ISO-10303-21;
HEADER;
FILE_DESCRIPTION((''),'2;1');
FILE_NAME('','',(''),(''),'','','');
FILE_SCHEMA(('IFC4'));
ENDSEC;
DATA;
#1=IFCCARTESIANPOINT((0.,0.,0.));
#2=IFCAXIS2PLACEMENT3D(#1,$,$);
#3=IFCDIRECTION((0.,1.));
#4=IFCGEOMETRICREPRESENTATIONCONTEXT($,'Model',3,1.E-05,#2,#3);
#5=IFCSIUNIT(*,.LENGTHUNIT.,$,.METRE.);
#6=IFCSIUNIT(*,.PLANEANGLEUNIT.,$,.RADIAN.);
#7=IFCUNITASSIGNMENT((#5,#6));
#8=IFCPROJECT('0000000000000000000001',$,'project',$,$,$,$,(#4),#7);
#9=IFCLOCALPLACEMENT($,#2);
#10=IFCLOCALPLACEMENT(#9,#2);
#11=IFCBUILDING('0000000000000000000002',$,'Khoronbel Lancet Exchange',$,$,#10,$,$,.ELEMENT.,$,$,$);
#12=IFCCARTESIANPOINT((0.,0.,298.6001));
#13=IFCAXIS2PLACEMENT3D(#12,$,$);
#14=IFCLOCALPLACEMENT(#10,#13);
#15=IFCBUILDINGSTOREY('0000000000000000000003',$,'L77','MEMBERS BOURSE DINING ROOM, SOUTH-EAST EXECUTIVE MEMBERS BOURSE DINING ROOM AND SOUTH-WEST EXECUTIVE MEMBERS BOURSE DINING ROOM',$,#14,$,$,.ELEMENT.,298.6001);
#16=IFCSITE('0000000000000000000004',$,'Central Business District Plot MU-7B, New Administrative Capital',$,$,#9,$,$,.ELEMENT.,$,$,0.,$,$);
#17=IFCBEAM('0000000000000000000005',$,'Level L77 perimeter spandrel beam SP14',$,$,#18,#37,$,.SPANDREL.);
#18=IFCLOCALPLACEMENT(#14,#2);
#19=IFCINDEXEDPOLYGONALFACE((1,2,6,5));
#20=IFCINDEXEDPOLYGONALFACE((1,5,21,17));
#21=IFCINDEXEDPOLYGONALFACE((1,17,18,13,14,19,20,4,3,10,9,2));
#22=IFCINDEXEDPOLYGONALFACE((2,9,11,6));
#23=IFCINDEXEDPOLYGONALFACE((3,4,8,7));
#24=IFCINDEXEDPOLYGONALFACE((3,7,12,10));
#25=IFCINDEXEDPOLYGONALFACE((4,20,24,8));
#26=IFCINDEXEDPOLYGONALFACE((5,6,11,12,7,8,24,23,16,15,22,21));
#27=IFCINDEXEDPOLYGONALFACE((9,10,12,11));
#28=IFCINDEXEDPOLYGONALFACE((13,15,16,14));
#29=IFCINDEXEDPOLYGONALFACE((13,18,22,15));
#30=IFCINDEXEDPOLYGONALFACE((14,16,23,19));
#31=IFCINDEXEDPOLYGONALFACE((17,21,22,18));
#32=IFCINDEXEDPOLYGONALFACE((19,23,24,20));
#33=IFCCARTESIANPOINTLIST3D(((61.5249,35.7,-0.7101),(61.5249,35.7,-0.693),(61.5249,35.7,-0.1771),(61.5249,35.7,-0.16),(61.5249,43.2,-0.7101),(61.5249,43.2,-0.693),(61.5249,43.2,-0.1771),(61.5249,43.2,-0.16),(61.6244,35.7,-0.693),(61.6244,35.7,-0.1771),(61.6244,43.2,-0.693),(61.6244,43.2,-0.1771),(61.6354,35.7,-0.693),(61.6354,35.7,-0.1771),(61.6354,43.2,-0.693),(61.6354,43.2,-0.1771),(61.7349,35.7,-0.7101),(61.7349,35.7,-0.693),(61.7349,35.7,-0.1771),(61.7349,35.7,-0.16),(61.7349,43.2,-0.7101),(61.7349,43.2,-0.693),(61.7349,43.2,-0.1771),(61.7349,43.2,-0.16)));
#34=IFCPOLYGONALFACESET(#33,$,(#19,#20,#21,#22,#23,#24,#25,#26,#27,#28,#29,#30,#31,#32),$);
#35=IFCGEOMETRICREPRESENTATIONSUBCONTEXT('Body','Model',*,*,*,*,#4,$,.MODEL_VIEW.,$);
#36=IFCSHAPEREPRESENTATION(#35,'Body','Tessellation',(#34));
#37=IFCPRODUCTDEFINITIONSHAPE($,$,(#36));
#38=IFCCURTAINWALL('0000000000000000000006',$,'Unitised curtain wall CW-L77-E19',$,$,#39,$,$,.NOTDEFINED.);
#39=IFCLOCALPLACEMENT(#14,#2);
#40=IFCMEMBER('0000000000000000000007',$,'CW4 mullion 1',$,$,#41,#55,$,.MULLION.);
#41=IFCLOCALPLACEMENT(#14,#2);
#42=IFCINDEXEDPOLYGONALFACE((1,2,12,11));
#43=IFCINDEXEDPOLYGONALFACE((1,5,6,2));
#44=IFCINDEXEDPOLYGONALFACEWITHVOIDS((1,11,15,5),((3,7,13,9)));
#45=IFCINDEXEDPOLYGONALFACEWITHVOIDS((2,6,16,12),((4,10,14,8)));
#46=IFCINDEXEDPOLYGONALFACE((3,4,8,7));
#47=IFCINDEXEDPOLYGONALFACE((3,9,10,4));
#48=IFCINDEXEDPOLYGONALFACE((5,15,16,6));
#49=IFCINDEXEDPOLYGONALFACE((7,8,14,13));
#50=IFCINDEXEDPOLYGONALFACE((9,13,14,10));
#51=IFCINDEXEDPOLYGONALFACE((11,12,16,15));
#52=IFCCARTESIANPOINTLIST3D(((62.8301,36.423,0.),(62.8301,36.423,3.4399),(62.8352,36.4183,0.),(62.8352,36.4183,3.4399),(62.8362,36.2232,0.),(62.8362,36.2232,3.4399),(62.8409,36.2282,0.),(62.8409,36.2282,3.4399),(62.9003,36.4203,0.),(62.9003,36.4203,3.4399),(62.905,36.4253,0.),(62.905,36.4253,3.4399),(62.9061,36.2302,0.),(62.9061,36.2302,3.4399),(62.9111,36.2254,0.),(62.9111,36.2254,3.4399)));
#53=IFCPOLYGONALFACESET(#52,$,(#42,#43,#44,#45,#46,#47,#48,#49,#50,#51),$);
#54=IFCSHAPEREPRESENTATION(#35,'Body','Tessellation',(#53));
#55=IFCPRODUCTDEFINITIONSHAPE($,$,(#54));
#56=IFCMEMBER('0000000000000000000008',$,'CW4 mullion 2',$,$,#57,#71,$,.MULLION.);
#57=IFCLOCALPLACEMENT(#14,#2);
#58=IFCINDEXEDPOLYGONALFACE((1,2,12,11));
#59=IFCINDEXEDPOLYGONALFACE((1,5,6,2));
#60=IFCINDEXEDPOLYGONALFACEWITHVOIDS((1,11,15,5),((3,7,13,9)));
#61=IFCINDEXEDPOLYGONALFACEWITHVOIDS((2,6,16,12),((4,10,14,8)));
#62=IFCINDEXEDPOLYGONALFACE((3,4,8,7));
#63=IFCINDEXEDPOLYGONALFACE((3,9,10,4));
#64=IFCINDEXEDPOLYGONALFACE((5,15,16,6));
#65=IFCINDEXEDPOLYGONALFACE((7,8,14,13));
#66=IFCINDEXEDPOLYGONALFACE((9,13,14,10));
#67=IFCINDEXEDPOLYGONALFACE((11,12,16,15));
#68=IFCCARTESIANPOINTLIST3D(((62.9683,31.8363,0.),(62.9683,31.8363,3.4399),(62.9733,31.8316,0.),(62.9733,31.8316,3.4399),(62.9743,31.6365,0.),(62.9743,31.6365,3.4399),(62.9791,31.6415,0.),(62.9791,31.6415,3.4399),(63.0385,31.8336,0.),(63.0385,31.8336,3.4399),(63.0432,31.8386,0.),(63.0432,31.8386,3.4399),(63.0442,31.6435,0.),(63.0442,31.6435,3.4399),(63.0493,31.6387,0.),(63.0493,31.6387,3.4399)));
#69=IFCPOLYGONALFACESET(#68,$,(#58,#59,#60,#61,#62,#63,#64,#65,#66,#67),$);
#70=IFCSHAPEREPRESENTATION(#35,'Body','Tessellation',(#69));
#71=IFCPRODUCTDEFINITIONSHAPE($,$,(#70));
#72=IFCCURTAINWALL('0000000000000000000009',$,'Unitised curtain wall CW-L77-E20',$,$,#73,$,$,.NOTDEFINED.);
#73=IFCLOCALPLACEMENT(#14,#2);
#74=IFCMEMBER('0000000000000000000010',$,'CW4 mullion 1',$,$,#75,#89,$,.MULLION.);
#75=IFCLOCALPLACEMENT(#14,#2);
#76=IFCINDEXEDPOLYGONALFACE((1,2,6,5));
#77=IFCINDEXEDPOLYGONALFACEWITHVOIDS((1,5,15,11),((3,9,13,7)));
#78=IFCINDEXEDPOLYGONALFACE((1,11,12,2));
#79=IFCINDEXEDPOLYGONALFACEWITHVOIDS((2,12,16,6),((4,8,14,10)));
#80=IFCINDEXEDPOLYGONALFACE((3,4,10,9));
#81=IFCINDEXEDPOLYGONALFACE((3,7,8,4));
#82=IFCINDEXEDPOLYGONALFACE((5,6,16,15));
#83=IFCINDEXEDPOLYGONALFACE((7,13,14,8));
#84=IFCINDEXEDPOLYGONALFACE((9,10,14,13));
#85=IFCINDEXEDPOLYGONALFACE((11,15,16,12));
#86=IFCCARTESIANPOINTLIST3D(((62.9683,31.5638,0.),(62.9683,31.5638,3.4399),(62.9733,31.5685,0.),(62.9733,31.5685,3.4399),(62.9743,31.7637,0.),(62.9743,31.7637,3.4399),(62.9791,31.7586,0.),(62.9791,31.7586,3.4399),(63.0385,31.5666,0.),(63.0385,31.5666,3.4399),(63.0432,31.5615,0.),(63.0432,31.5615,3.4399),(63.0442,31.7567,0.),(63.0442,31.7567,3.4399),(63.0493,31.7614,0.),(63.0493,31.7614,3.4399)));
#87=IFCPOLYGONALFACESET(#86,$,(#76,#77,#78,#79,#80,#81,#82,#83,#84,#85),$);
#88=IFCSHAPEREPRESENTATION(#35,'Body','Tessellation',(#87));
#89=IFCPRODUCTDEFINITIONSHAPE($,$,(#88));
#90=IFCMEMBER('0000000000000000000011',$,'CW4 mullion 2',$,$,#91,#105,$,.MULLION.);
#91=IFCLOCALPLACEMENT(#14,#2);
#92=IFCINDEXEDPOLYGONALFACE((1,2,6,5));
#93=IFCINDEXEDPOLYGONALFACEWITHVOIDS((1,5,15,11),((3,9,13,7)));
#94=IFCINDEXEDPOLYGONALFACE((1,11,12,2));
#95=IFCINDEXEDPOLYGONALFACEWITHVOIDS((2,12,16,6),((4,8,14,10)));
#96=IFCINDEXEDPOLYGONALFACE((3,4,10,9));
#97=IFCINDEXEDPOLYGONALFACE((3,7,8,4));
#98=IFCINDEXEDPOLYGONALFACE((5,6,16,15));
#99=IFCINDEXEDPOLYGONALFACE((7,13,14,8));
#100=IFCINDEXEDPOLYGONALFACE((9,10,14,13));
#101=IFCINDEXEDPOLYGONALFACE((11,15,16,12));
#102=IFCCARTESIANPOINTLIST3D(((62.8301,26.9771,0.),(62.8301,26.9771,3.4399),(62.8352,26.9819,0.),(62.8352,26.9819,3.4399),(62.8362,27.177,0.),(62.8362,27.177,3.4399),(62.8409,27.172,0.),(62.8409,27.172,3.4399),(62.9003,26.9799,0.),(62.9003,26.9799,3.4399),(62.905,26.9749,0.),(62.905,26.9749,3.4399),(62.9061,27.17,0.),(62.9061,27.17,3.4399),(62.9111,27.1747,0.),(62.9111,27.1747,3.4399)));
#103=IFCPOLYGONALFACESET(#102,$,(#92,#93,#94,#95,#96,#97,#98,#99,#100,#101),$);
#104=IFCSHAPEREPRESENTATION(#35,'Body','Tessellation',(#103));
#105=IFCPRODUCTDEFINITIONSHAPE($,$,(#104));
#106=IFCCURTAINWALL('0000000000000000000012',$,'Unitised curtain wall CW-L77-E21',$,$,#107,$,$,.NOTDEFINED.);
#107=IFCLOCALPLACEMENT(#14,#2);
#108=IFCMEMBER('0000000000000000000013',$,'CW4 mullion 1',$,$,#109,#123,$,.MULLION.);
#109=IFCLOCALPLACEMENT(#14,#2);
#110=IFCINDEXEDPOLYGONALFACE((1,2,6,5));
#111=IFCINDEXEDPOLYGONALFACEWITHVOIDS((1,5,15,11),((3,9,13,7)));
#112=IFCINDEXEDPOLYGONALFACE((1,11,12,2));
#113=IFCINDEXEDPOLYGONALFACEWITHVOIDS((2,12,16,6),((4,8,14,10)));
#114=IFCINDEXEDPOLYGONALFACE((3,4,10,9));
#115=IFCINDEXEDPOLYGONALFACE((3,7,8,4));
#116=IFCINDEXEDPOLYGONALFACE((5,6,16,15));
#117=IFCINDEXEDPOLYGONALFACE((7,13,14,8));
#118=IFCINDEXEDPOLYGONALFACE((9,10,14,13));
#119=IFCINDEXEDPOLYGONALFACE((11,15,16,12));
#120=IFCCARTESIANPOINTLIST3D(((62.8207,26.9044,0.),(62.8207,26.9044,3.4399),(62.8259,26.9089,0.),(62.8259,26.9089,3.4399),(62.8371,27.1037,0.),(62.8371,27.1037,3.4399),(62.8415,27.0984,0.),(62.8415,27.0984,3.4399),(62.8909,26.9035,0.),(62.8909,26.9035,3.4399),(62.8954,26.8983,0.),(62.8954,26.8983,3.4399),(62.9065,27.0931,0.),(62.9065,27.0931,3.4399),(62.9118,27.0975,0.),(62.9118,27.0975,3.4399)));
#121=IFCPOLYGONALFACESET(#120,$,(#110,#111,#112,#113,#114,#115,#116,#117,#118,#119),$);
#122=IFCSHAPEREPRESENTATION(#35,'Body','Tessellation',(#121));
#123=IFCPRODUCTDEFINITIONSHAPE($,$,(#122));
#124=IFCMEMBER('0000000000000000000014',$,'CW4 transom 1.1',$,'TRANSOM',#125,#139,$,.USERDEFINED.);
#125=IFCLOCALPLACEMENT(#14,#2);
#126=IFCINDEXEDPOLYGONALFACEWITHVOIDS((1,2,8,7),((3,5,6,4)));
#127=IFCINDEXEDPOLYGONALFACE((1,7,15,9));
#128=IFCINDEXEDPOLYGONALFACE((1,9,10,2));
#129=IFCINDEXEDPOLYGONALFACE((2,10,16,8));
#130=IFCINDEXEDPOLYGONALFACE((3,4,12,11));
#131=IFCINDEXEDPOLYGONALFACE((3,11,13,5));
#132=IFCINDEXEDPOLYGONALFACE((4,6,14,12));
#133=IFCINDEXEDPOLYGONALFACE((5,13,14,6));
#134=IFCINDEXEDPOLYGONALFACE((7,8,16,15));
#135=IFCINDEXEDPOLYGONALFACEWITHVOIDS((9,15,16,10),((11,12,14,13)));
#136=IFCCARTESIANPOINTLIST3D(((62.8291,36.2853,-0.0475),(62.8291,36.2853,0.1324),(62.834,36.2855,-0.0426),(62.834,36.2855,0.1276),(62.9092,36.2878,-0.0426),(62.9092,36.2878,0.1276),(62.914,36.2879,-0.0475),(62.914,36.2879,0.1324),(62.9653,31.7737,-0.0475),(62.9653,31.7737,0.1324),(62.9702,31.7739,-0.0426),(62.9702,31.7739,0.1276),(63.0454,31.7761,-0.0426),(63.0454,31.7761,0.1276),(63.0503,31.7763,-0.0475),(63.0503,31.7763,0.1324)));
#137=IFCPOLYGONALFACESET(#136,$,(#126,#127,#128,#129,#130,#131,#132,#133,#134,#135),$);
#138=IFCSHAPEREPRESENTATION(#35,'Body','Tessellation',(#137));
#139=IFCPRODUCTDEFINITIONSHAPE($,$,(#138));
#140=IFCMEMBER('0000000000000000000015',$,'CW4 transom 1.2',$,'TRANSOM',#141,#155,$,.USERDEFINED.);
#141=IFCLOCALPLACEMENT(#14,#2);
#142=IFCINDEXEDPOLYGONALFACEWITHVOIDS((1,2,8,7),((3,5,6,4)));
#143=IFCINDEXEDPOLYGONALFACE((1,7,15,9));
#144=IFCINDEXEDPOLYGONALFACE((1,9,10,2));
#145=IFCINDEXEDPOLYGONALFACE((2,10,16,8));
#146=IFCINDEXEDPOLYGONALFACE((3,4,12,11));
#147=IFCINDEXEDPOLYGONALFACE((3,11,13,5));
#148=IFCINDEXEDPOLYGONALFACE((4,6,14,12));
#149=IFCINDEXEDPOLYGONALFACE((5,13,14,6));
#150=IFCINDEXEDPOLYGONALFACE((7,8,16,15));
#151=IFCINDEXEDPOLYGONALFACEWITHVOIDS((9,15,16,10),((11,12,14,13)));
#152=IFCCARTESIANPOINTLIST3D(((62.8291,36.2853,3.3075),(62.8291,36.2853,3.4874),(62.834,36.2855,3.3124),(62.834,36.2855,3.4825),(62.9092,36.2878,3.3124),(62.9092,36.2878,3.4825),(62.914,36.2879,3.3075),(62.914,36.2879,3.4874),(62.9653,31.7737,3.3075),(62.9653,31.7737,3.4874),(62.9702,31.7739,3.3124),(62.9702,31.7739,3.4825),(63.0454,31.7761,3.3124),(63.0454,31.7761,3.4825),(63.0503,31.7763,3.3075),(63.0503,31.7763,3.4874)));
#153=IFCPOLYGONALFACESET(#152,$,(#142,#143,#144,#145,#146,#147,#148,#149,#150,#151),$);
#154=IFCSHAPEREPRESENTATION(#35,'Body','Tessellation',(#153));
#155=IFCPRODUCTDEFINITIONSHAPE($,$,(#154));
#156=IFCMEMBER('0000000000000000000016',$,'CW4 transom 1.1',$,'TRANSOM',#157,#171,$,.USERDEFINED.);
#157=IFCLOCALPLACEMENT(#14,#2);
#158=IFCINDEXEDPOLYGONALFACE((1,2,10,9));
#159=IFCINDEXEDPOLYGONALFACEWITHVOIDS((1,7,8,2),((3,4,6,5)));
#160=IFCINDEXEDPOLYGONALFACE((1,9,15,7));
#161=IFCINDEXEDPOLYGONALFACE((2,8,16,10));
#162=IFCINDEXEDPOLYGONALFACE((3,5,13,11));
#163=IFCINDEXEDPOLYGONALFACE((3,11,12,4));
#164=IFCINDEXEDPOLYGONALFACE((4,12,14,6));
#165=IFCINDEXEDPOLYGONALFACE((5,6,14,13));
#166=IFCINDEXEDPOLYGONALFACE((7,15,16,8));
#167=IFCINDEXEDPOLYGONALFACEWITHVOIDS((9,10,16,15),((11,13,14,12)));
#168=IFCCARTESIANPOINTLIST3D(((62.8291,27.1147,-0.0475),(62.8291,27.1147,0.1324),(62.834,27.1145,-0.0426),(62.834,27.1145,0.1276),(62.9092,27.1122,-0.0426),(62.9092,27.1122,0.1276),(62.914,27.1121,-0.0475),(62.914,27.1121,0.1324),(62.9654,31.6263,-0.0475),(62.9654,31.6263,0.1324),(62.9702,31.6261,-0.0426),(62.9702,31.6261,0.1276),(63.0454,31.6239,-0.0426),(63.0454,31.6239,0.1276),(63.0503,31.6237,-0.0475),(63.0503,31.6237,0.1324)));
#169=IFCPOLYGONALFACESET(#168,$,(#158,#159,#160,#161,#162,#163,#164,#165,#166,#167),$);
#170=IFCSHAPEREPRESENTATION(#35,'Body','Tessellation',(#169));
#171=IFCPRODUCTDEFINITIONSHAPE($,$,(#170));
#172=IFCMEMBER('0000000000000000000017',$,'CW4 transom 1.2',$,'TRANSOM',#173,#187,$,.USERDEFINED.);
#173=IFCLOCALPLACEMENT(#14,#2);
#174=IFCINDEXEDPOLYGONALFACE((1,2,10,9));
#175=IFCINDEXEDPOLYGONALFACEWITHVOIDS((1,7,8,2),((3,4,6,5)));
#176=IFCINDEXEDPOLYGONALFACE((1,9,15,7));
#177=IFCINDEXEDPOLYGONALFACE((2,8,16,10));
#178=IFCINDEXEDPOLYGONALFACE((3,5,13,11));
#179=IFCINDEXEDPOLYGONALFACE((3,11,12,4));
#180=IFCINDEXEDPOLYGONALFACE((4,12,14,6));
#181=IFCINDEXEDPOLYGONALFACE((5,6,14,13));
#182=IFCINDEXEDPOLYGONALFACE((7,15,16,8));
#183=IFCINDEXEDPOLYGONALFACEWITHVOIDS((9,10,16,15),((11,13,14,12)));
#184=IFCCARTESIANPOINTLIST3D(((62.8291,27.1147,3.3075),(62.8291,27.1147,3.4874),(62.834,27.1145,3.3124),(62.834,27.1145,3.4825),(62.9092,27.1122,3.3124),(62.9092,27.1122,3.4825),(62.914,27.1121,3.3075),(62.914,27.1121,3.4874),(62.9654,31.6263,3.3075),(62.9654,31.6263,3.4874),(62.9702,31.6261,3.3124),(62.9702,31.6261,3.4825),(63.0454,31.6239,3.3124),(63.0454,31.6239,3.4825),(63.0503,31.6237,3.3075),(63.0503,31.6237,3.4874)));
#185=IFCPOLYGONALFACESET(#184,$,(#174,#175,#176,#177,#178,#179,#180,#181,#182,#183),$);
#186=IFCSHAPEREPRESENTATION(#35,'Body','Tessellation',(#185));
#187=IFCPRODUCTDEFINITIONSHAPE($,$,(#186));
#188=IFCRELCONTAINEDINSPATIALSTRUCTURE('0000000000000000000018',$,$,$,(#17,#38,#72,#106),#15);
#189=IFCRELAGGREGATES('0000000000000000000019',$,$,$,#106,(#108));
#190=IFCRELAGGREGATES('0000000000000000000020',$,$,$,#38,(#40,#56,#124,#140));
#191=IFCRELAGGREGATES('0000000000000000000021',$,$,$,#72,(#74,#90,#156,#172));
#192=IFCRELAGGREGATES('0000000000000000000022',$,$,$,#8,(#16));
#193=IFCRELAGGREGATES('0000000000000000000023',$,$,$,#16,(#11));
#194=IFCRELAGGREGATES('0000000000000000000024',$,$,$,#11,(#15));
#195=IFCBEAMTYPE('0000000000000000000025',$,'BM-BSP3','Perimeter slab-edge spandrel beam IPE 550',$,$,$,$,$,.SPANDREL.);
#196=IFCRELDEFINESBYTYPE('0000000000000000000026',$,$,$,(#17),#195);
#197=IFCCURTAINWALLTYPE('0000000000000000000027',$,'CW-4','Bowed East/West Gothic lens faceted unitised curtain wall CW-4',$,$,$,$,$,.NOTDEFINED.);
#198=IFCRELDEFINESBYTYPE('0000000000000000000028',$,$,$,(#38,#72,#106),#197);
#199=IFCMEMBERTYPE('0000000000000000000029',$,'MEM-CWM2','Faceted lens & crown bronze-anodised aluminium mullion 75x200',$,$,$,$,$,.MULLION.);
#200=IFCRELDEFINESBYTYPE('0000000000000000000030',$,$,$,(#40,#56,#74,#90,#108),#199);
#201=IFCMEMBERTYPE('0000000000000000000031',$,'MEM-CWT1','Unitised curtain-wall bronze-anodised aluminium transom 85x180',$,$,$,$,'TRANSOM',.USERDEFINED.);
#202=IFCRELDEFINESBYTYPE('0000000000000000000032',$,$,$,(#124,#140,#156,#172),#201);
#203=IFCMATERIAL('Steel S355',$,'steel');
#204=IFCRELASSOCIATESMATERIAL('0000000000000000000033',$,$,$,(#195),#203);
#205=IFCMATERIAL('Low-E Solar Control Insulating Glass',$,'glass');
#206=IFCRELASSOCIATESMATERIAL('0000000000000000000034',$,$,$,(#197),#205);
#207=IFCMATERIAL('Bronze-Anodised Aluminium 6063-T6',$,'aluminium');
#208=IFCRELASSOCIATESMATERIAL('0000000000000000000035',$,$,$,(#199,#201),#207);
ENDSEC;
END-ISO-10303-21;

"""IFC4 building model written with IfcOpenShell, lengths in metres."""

from ifc_helpers import new_model, si_unit, direction, frame, origin, origin_2d, place, context, subcontext, project, spatial, hollow_rectangle, i_section, extrude, material, material_profile, profile_set, type_object, element, aggregate, save


model = new_model("IFC4")

# Units and contexts
model_context = context("Model", 3, precision=1e-05, world=origin(), true_north=direction((0.0, 1.0)))
body_context = subcontext(model_context, "Body", "Model", "MODEL_VIEW")
ifc_project = project(units=[si_unit("LENGTHUNIT", "METRE"), si_unit("PLANEANGLEUNIT", "RADIAN")], contexts=[model_context])

# Site, building, storey
site_placement = place(None, origin())
site = spatial("IfcSite", under=ifc_project, at=site_placement, Name="Central Business District Plot MU-7B, New Administrative Capital", CompositionType="ELEMENT", RefElevation=0.0)
building_placement = place(site_placement, origin())
building = spatial("IfcBuilding", under=site, at=building_placement, Name="Khoronbel Lancet Exchange", CompositionType="ELEMENT")
storey_placement = place(building_placement, frame((0.0, 0.0, 298.6001)))
storey = spatial("IfcBuildingStorey", under=building, at=storey_placement, Name="L77", Description="MEMBERS BOURSE DINING ROOM, SOUTH-EAST EXECUTIVE MEMBERS BOURSE DINING ROOM AND SOUTH-WEST EXECUTIVE MEMBERS BOURSE DINING ROOM", CompositionType="ELEMENT", Elevation=298.6001)

# Shared definitions
ifc_material_1 = material(Name="Steel S355", Category="steel")

# Beam
ifc_material_profile_1 = material_profile(ifc_material_1, i_section(OverallWidth=0.21, OverallDepth=0.55, WebThickness=0.011, FlangeThickness=0.0171, at=origin_2d()), Name="IPE 550")
ifc_profile_set_1 = profile_set([ifc_material_profile_1], Name="Steel S355")
beam_type_1 = type_object("IfcBeamType", Name="BM-BSP3", Description="Perimeter slab-edge spandrel beam IPE 550", PredefinedType="SPANDREL", material=ifc_profile_set_1)
beam_1_placement = place(storey_placement, frame((61.6299, 35.7, -0.4351), z_axis=(0.0, 1.0, 0.0), x_axis=(-1.0, 0.0, 0.0)))
element("IfcBeam", 1, at=beam_1_placement, inside=storey, type_object=beam_type_1, Name="Level L77 perimeter spandrel beam SP14", PredefinedType="SPANDREL", context=body_context, shape_type="SweptSolid", body=[
    extrude(i_section(OverallWidth=0.21, OverallDepth=0.55, WebThickness=0.011, FlangeThickness=0.0171, at=origin_2d()), origin(), (0.0, 0.0, 1.0), 7.5),
])

# Curtain walls, members
ifc_material_2 = material(Name="Low-E Solar Control Insulating Glass", Category="glass")
curtain_wall_type = type_object("IfcCurtainWallType", Name="CW-4", Description="Bowed East/West Gothic lens faceted unitised curtain wall CW-4", PredefinedType="NOTDEFINED", material=ifc_material_2)
curtain_wall_1_placement = place(storey_placement, origin())
curtain_wall_1 = element("IfcCurtainWall", 2, at=curtain_wall_1_placement, inside=storey, type_object=curtain_wall_type, Name="Unitised curtain wall CW-L77-E19", PredefinedType="NOTDEFINED")
ifc_material_3 = material(Name="Bronze-Anodised Aluminium 6063-T6", Category="aluminium")
ifc_material_profile_2 = material_profile(ifc_material_3, hollow_rectangle(XDim=0.075, YDim=0.2, WallThickness=0.0049, at=origin_2d()), Name="ALU MULLION 75x200")
ifc_profile_set_2 = profile_set([ifc_material_profile_2], Name="Bronze-Anodised Aluminium 6063-T6")
member_type_1 = type_object("IfcMemberType", Name="MEM-CWM2", Description="Faceted lens & crown bronze-anodised aluminium mullion 75x200", PredefinedType="MULLION", material=ifc_profile_set_2)
member_1_placement = place(storey_placement, frame((62.8706, 36.3242, 0.0), z_axis=(0.0, 0.0, 1.0), x_axis=(0.999545, 0.030148, 0.0)))
member_1 = element("IfcMember", 3, at=member_1_placement, type_object=member_type_1, Name="CW4 mullion 1", PredefinedType="MULLION", context=body_context, shape_type="SweptSolid", body=[
    extrude(hollow_rectangle(XDim=0.075, YDim=0.2, WallThickness=0.0049, at=origin_2d()), origin(), (0.0, 0.0, 1.0), 3.4399),
])
member_2_placement = place(storey_placement, frame((63.0088, 31.7375, 0.0), z_axis=(0.0, 0.0, 1.0), x_axis=(0.999545, 0.030148, 0.0)))
member_2 = element("IfcMember", 4, at=member_2_placement, type_object=member_type_1, Name="CW4 mullion 2", PredefinedType="MULLION", context=body_context, shape_type="SweptSolid", body=[
    extrude(hollow_rectangle(XDim=0.075, YDim=0.2, WallThickness=0.0049, at=origin_2d()), origin(), (0.0, 0.0, 1.0), 3.4399),
])
curtain_wall_2_placement = place(storey_placement, origin())
curtain_wall_2 = element("IfcCurtainWall", 5, at=curtain_wall_2_placement, inside=storey, type_object=curtain_wall_type, Name="Unitised curtain wall CW-L77-E20", PredefinedType="NOTDEFINED")
member_3_placement = place(storey_placement, frame((63.0088, 31.6626, 0.0), z_axis=(0.0, 0.0, 1.0), x_axis=(0.999545, -0.030148, 0.0)))
member_3 = element("IfcMember", 6, at=member_3_placement, type_object=member_type_1, Name="CW4 mullion 1", PredefinedType="MULLION", context=body_context, shape_type="SweptSolid", body=[
    extrude(hollow_rectangle(XDim=0.075, YDim=0.2, WallThickness=0.0049, at=origin_2d()), origin(), (0.0, 0.0, 1.0), 3.4399),
])
member_4_placement = place(storey_placement, frame((62.8706, 27.0759, 0.0), z_axis=(0.0, 0.0, 1.0), x_axis=(0.999545, -0.030148, 0.0)))
member_4 = element("IfcMember", 7, at=member_4_placement, type_object=member_type_1, Name="CW4 mullion 2", PredefinedType="MULLION", context=body_context, shape_type="SweptSolid", body=[
    extrude(hollow_rectangle(XDim=0.075, YDim=0.2, WallThickness=0.0049, at=origin_2d()), origin(), (0.0, 0.0, 1.0), 3.4399),
])

# Curtain wall, member
curtain_wall_3_placement = place(storey_placement, origin())
curtain_wall_3 = element("IfcCurtainWall", 8, at=curtain_wall_3_placement, inside=storey, type_object=curtain_wall_type, Name="Unitised curtain wall CW-L77-E21", PredefinedType="NOTDEFINED")
member_5_placement = place(storey_placement, frame((62.8662, 27.001, 0.0), z_axis=(0.0, 0.0, 1.0), x_axis=(0.996626, -0.082073, 0.0)))
member_5 = element("IfcMember", 9, at=member_5_placement, type_object=member_type_1, Name="CW4 mullion 1", PredefinedType="MULLION", context=body_context, shape_type="SweptSolid", body=[
    extrude(hollow_rectangle(XDim=0.075, YDim=0.2, WallThickness=0.0049, at=origin_2d()), origin(), (0.0, 0.0, 1.0), 3.4399),
])

# Members
ifc_material_profile_3 = material_profile(ifc_material_3, hollow_rectangle(XDim=0.085, YDim=0.1799, WallThickness=0.0049, at=origin_2d()), Name="ALU TRANSOM 85x180")
ifc_profile_set_3 = profile_set([ifc_material_profile_3], Name="Bronze-Anodised Aluminium 6063-T6")
member_type_2 = type_object("IfcMemberType", Name="MEM-CWT1", Description="Unitised curtain-wall bronze-anodised aluminium transom 85x180", ElementType="TRANSOM", PredefinedType="USERDEFINED", material=ifc_profile_set_3)
member_6_placement = place(storey_placement, frame((62.8716, 36.2866, 0.0425), z_axis=(0.030181, -0.999544, 0.0), x_axis=(0.999544, 0.030181, 0.0)))
member_6 = element("IfcMember", 10, at=member_6_placement, type_object=member_type_2, Name="CW4 transom 1.1", ObjectType="TRANSOM", PredefinedType="USERDEFINED", context=body_context, shape_type="SweptSolid", body=[
    extrude(hollow_rectangle(XDim=0.085, YDim=0.1799, WallThickness=0.0049, at=origin_2d()), origin(), (0.0, 0.0, 1.0), 4.5137),
])
member_7_placement = place(storey_placement, frame((62.8716, 36.2866, 3.3975), z_axis=(0.030181, -0.999544, 0.0), x_axis=(0.999544, 0.030181, 0.0)))
member_7 = element("IfcMember", 11, at=member_7_placement, type_object=member_type_2, Name="CW4 transom 1.2", ObjectType="TRANSOM", PredefinedType="USERDEFINED", context=body_context, shape_type="SweptSolid", body=[
    extrude(hollow_rectangle(XDim=0.085, YDim=0.1799, WallThickness=0.0049, at=origin_2d()), origin(), (0.0, 0.0, 1.0), 4.5137),
])
member_8_placement = place(storey_placement, frame((63.0078, 31.625, 0.0425), z_axis=(-0.030181, -0.999544, 0.0), x_axis=(0.999544, -0.030181, 0.0)))
member_8 = element("IfcMember", 12, at=member_8_placement, type_object=member_type_2, Name="CW4 transom 1.1", ObjectType="TRANSOM", PredefinedType="USERDEFINED", context=body_context, shape_type="SweptSolid", body=[
    extrude(hollow_rectangle(XDim=0.085, YDim=0.1799, WallThickness=0.0049, at=origin_2d()), origin(), (0.0, 0.0, 1.0), 4.5137),
])
member_9_placement = place(storey_placement, frame((63.0078, 31.625, 3.3975), z_axis=(-0.030181, -0.999544, 0.0), x_axis=(0.999544, -0.030181, 0.0)))
member_9 = element("IfcMember", 13, at=member_9_placement, type_object=member_type_2, Name="CW4 transom 1.2", ObjectType="TRANSOM", PredefinedType="USERDEFINED", context=body_context, shape_type="SweptSolid", body=[
    extrude(hollow_rectangle(XDim=0.085, YDim=0.1799, WallThickness=0.0049, at=origin_2d()), origin(), (0.0, 0.0, 1.0), 4.5137),
])
aggregate(curtain_wall_3, [member_5])

aggregate(curtain_wall_1, [member_1, member_2, member_6, member_7])
aggregate(curtain_wall_2, [member_3, member_4, member_8, member_9])

save(model, "model.ifc")
